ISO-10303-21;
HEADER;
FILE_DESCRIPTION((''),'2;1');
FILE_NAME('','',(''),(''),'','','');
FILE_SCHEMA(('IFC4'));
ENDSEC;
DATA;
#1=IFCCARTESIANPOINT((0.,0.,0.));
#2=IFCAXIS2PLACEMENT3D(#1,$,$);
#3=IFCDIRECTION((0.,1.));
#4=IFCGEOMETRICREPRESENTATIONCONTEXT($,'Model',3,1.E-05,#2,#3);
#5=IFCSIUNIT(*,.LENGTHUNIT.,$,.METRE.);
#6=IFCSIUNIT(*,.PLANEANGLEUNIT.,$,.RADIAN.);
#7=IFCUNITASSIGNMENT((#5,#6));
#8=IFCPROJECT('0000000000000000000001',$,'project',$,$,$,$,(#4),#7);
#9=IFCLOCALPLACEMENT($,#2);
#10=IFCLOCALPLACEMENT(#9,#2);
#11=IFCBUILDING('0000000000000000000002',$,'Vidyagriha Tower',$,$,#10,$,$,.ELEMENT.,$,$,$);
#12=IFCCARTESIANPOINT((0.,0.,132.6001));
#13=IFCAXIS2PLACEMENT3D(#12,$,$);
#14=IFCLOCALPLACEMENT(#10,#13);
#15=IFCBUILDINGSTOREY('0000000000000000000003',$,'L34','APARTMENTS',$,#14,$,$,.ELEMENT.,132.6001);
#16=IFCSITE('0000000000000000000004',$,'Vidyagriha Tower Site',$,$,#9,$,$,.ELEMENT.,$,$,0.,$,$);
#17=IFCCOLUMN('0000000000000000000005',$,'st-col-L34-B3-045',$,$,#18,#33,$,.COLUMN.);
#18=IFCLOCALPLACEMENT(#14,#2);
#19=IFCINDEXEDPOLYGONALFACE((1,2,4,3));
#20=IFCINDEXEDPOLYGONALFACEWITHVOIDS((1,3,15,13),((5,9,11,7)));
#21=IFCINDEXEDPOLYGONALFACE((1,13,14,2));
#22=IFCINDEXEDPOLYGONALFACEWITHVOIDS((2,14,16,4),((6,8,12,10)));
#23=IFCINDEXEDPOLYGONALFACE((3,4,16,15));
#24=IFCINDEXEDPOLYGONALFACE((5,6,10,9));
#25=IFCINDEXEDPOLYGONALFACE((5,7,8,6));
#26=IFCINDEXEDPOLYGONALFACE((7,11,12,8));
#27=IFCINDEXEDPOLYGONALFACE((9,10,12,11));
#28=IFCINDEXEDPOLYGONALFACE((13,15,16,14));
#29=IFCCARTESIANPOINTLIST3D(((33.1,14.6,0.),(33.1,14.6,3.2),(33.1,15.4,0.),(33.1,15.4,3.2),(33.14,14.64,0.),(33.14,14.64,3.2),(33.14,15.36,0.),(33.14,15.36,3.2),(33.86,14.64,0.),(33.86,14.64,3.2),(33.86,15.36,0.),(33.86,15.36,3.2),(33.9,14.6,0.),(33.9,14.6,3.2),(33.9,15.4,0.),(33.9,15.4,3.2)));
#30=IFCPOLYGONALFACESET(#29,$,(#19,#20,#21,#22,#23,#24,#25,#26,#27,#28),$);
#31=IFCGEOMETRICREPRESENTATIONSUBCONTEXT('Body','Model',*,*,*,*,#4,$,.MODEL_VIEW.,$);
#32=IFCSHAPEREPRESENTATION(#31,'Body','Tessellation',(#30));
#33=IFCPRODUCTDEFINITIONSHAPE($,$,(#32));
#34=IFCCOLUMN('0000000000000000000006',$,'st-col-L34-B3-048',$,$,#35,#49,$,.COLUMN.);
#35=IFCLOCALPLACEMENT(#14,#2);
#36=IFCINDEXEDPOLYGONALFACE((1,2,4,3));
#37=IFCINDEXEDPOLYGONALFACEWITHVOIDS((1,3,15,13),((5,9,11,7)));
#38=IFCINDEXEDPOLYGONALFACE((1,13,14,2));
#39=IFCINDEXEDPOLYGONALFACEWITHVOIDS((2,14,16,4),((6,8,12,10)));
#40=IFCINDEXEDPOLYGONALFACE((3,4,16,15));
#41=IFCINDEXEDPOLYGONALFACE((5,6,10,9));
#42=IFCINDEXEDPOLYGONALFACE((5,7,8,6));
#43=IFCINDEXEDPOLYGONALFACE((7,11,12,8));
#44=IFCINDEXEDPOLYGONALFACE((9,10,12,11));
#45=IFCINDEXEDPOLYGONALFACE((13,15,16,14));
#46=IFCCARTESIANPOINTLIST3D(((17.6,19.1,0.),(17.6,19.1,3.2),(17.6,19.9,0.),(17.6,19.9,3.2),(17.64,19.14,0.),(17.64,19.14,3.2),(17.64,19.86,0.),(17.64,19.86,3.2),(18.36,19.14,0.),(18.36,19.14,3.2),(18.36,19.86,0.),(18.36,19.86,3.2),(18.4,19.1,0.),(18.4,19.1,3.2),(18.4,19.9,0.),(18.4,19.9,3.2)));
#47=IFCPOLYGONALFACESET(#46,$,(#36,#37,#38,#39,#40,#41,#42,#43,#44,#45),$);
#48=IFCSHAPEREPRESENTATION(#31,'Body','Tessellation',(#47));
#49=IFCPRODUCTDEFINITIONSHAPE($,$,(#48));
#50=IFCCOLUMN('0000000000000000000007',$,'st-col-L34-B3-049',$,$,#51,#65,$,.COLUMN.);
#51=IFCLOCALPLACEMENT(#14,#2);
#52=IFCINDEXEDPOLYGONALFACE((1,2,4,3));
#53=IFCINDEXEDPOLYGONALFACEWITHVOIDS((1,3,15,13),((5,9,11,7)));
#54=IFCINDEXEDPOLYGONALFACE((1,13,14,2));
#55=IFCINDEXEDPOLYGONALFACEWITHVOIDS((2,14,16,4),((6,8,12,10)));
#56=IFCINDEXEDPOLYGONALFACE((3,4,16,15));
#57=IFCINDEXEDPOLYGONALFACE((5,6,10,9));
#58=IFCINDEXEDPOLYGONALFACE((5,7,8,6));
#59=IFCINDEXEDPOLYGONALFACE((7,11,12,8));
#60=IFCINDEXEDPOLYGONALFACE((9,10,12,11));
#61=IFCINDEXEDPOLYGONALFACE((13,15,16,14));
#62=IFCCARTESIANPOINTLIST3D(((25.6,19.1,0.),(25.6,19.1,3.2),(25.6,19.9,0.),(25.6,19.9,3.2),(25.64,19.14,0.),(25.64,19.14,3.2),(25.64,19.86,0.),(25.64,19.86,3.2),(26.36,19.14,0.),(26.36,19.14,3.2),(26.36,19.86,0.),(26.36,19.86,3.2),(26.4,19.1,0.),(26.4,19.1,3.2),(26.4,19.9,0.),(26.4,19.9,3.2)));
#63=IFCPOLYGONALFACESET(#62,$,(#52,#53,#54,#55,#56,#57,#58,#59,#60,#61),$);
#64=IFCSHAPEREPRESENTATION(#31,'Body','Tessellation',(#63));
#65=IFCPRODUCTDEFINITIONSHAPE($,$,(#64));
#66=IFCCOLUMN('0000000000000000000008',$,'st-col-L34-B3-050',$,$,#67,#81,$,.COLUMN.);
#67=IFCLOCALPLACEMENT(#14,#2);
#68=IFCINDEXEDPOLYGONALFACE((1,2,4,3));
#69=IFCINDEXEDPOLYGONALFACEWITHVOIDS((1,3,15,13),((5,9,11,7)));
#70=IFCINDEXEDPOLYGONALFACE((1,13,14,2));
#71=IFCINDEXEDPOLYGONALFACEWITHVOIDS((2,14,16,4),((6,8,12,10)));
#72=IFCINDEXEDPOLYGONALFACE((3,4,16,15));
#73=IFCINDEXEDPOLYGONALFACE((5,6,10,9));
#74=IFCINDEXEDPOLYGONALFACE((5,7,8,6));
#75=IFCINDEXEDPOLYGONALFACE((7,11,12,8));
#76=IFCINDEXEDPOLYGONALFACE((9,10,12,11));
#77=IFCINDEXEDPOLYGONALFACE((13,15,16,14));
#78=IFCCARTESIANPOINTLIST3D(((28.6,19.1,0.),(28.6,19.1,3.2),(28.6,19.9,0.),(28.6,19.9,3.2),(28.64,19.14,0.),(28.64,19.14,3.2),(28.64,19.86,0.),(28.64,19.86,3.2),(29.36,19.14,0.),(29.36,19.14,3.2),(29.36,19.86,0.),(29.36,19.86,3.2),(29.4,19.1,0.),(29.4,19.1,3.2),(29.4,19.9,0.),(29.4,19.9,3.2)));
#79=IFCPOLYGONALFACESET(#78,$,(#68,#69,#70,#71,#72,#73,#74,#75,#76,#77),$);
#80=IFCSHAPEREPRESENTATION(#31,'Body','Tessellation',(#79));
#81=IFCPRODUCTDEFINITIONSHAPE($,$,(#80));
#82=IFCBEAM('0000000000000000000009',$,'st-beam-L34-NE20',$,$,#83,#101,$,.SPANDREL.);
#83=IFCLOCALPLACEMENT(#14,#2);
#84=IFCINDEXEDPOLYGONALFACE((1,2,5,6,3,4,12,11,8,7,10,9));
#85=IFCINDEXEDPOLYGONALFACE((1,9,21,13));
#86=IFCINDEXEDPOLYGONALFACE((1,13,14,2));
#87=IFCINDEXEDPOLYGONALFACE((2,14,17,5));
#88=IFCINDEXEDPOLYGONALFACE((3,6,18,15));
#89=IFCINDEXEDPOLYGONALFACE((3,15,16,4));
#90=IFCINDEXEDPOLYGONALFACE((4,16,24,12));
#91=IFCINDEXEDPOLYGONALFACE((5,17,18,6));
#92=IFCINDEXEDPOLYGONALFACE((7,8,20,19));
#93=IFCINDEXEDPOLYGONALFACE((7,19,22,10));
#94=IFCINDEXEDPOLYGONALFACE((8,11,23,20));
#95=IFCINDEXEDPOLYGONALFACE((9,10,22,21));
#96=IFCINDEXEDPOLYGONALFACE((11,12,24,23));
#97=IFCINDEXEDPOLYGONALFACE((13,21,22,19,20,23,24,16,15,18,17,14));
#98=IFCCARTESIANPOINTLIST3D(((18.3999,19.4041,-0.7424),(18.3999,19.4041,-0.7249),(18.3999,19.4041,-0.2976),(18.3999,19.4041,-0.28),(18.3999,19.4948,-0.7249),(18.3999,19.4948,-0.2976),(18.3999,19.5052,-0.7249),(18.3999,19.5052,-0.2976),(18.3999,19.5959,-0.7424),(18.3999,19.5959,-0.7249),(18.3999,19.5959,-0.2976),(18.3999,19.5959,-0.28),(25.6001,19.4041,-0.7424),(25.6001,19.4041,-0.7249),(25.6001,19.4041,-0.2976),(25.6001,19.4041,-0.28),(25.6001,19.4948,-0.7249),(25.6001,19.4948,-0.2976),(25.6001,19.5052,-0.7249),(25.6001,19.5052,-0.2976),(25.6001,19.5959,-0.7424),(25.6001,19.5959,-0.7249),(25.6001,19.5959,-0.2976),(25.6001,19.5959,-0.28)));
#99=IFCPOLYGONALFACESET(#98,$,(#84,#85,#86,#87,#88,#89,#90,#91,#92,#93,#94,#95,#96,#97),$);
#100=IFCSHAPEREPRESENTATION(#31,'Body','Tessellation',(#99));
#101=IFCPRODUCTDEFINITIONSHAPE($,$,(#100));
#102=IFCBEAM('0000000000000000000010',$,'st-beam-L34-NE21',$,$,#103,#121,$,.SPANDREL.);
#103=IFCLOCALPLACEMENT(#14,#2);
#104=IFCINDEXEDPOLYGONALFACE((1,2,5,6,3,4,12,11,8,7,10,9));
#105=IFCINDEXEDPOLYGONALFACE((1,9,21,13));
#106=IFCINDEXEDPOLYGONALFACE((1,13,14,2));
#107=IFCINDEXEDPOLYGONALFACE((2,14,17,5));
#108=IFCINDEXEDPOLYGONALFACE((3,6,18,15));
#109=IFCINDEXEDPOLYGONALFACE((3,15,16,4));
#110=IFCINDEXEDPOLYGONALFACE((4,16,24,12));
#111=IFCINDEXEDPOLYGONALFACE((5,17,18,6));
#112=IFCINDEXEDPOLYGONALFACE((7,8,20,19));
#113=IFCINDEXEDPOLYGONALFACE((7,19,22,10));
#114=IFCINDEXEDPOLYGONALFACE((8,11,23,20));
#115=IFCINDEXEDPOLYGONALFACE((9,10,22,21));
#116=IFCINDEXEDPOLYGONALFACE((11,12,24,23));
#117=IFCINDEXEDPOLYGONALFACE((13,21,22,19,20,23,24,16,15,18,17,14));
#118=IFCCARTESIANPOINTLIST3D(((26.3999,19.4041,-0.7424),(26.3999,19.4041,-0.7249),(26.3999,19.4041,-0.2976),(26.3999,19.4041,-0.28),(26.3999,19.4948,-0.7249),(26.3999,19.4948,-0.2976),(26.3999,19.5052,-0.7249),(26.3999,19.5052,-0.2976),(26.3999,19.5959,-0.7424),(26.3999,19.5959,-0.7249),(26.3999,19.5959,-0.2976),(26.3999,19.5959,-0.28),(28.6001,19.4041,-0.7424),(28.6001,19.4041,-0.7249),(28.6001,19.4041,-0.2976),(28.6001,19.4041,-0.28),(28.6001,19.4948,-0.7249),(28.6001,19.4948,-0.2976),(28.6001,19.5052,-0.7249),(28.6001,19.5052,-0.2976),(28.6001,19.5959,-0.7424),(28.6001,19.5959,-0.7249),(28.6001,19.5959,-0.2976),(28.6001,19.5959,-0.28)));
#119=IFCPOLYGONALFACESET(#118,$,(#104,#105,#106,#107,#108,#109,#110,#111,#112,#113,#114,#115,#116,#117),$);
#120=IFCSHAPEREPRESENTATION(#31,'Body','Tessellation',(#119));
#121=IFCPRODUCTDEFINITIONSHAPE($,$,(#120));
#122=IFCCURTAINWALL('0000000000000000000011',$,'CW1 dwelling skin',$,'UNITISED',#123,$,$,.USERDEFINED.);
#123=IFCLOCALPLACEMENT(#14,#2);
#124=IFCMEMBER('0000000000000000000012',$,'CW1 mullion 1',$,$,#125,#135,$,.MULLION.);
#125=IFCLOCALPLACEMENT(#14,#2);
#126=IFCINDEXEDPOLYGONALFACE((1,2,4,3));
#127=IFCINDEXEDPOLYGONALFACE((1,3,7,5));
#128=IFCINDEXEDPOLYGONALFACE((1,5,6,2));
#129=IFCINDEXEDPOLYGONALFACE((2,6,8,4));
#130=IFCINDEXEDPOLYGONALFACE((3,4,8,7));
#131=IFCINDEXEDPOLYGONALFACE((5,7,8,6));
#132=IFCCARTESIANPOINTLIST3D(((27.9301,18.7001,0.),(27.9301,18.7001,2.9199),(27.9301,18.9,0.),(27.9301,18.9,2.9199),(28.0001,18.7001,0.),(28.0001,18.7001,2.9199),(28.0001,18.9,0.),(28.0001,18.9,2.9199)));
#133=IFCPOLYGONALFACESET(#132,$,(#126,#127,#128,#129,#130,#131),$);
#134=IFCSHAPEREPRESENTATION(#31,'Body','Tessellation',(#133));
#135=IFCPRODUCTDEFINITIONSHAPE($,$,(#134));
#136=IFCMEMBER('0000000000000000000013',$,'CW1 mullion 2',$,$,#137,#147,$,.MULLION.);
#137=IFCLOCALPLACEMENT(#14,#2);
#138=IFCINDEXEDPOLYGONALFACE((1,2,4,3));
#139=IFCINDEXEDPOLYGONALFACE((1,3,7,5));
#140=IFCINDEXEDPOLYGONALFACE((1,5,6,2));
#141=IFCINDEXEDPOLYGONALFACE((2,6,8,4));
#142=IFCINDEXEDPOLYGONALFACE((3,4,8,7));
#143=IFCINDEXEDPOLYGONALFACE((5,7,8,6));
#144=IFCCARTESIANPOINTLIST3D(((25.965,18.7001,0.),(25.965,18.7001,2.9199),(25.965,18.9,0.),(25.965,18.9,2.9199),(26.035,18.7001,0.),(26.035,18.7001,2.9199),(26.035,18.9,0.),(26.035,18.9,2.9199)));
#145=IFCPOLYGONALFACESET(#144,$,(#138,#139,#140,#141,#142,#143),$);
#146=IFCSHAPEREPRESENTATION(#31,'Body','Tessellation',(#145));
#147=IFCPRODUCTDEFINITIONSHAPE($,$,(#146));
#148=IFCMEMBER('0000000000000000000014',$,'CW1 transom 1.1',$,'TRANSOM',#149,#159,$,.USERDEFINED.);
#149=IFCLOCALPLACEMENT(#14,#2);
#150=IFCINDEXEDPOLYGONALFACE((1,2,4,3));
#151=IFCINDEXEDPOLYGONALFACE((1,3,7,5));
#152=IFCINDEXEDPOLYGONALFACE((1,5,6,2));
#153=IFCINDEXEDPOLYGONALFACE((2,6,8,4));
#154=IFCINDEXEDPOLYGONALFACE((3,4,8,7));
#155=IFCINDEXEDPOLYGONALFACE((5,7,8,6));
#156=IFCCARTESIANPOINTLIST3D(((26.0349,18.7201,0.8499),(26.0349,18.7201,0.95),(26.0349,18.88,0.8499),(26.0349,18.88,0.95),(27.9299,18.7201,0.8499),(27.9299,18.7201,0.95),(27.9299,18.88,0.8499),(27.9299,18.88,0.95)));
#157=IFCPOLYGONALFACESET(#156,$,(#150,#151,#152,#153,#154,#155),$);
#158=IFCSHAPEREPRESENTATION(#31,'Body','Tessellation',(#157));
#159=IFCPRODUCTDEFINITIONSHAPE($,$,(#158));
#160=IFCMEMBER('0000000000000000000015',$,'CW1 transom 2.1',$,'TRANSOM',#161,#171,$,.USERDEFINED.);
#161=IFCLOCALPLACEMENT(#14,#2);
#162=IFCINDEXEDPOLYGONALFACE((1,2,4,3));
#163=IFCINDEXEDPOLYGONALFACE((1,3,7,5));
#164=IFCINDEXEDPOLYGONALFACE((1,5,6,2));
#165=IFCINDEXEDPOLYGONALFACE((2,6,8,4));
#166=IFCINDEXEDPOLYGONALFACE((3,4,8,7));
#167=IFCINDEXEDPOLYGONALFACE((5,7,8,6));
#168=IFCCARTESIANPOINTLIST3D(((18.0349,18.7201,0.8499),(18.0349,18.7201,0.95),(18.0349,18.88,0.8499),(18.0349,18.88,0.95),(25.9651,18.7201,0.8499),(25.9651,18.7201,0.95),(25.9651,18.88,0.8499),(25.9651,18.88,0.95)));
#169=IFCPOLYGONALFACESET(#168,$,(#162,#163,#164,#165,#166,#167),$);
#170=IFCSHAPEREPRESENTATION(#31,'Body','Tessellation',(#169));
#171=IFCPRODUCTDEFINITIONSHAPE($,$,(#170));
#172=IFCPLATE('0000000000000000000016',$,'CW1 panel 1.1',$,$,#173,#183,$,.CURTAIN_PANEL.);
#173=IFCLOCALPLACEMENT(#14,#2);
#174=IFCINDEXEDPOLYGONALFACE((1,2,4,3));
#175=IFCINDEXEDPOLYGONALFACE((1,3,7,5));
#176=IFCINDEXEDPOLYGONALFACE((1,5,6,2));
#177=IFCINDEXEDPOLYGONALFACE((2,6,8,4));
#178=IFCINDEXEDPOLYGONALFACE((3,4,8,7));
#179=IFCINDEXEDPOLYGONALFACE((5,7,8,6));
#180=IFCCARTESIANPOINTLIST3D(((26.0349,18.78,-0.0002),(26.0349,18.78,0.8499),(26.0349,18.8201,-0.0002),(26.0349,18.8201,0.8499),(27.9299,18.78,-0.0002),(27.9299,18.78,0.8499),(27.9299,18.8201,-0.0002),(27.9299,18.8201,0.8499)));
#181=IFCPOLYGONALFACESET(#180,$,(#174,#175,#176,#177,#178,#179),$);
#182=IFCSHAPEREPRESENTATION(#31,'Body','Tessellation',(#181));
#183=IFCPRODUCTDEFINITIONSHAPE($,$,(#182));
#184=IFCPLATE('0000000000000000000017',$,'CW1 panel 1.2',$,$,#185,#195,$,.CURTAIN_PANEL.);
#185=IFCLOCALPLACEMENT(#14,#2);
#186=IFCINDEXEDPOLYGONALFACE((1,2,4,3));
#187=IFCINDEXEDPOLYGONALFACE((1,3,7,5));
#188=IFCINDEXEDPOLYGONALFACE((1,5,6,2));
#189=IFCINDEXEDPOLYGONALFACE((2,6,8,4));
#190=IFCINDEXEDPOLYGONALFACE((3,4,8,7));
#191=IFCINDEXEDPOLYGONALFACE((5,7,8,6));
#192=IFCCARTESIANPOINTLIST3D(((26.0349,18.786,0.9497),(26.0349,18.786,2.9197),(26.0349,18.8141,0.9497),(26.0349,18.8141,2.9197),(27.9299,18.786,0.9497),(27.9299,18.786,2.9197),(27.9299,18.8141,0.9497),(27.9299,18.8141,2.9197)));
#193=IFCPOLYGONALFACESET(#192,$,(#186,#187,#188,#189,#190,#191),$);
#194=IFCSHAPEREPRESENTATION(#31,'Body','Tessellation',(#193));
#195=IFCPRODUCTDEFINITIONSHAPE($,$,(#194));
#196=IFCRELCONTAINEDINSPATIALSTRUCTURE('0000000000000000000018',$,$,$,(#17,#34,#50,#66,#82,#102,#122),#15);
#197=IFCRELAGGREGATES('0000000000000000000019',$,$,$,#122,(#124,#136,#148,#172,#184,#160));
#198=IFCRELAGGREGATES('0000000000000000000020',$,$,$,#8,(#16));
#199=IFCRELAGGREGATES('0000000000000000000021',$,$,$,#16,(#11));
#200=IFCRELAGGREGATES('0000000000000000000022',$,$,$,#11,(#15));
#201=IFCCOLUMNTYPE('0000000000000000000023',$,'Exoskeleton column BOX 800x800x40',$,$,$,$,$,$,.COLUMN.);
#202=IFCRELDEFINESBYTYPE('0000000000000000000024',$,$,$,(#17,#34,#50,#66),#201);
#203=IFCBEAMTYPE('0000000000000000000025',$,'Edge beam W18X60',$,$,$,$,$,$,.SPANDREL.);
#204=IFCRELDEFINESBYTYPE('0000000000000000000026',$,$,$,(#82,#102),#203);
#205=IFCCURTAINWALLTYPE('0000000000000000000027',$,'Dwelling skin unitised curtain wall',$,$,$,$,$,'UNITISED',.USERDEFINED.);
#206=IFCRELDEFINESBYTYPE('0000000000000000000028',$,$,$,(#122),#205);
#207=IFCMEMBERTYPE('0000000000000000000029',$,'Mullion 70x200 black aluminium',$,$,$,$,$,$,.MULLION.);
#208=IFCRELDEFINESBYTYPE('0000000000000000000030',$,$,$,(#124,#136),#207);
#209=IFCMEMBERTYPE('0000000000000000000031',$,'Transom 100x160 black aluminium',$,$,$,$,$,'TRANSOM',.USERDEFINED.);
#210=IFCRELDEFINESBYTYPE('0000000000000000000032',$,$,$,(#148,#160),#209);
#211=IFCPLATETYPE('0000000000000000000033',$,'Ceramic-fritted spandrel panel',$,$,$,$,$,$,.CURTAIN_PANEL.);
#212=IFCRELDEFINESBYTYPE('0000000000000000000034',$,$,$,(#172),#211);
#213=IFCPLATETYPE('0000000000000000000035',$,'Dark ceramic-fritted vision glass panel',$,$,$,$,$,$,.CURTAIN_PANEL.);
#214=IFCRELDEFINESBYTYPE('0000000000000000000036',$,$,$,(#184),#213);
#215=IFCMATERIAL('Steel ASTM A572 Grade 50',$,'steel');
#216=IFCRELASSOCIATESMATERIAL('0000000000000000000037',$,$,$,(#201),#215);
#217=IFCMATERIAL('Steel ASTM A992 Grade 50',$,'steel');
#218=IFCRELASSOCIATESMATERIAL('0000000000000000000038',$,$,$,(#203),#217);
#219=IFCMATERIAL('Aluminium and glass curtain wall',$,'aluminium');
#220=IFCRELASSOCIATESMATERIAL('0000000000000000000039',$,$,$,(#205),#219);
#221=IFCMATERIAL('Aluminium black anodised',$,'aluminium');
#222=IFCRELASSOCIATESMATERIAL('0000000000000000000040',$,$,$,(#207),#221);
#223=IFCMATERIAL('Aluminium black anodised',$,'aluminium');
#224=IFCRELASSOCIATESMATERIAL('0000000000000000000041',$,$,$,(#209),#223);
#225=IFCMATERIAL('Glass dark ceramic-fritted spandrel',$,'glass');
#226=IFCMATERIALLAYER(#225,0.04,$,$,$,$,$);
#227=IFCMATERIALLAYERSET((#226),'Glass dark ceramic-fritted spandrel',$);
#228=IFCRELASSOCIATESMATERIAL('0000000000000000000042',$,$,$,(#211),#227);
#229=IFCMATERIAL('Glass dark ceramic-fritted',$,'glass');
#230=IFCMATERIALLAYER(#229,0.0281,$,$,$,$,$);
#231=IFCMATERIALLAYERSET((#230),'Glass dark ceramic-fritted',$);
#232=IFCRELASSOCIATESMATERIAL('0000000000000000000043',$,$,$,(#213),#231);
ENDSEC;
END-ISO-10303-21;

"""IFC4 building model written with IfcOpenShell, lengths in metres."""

from ifc_helpers import new_model, si_unit, direction, frame, origin, origin_2d, place, context, subcontext, project, spatial, rectangle, hollow_rectangle, i_section, extrude, material, layer, layer_set, material_profile, profile_set, type_object, element, aggregate, save


model = new_model("IFC4")

# Units and contexts
model_context = context("Model", 3, precision=1e-05, world=origin(), true_north=direction((0.0, 1.0)))
body_context = subcontext(model_context, "Body", "Model", "MODEL_VIEW")
ifc_project = project(units=[si_unit("LENGTHUNIT", "METRE"), si_unit("PLANEANGLEUNIT", "RADIAN")], contexts=[model_context])

# Site, building, storey
site_placement = place(None, origin())
site = spatial("IfcSite", under=ifc_project, at=site_placement, Name="Vidyagriha Tower Site", CompositionType="ELEMENT", RefElevation=0.0)
building_placement = place(site_placement, origin())
building = spatial("IfcBuilding", under=site, at=building_placement, Name="Vidyagriha Tower", CompositionType="ELEMENT")
storey_placement = place(building_placement, frame((0.0, 0.0, 132.6001)))
storey = spatial("IfcBuildingStorey", under=building, at=storey_placement, Name="L34", Description="APARTMENTS", CompositionType="ELEMENT", Elevation=132.6001)

# Columns
ifc_material_1 = material(Name="Steel ASTM A572 Grade 50", Category="steel")
ifc_material_profile_1 = material_profile(ifc_material_1, hollow_rectangle(XDim=0.8, YDim=0.8, WallThickness=0.04, at=origin_2d()), Name="BOX 800x800x40")
ifc_profile_set_1 = profile_set([ifc_material_profile_1], Name="Steel ASTM A572 Grade 50")
column_type = type_object("IfcColumnType", Name="Exoskeleton column BOX 800x800x40", PredefinedType="COLUMN", material=ifc_profile_set_1)
for number, where, name in (
    (1, (33.5, 15.0, 0.0), "st-col-L34-B3-045"),
    (2, (18.0, 19.5, 0.0), "st-col-L34-B3-048"),
    (3, (26.0, 19.5, 0.0), "st-col-L34-B3-049"),
    (4, (29.0, 19.5, 0.0), "st-col-L34-B3-050"),
):
    element("IfcColumn", number, at=place(storey_placement, frame(where)), inside=storey, type_object=column_type, Name=name, PredefinedType="COLUMN", context=body_context, shape_type="SweptSolid", body=[
        extrude(hollow_rectangle(XDim=0.8, YDim=0.8, WallThickness=0.04, at=origin_2d()), origin(), (0.0, 0.0, 1.0), 3.2),
    ])

# Beams
ifc_material_2 = material(Name="Steel ASTM A992 Grade 50", Category="steel")
ifc_material_profile_2 = material_profile(ifc_material_2, i_section(OverallWidth=0.1919, OverallDepth=0.4624, WebThickness=0.0105, FlangeThickness=0.0176, at=origin_2d()), Name="W18X60")
ifc_profile_set_2 = profile_set([ifc_material_profile_2], Name="Steel ASTM A992 Grade 50")
beam_type = type_object("IfcBeamType", Name="Edge beam W18X60", PredefinedType="SPANDREL", material=ifc_profile_set_2)
beam_1_placement = place(storey_placement, frame((18.3999, 19.5, -0.5112), z_axis=(1.0, 0.0, 0.0), x_axis=(0.0, 1.0, 0.0)))
element("IfcBeam", 5, at=beam_1_placement, inside=storey, type_object=beam_type, Name="st-beam-L34-NE20", PredefinedType="SPANDREL", context=body_context, shape_type="SweptSolid", body=[
    extrude(i_section(OverallWidth=0.1919, OverallDepth=0.4624, WebThickness=0.0105, FlangeThickness=0.0176, at=origin_2d()), origin(), (0.0, 0.0, 1.0), 7.2002),
])
beam_2_placement = place(storey_placement, frame((26.3999, 19.5, -0.5112), z_axis=(1.0, 0.0, 0.0), x_axis=(0.0, 1.0, 0.0)))
element("IfcBeam", 6, at=beam_2_placement, inside=storey, type_object=beam_type, Name="st-beam-L34-NE21", PredefinedType="SPANDREL", context=body_context, shape_type="SweptSolid", body=[
    extrude(i_section(OverallWidth=0.1919, OverallDepth=0.4624, WebThickness=0.0105, FlangeThickness=0.0176, at=origin_2d()), origin(), (0.0, 0.0, 1.0), 2.2002),
])

# Curtain wall, members, plates
ifc_material_3 = material(Name="Aluminium and glass curtain wall", Category="aluminium")
curtain_wall_type = type_object("IfcCurtainWallType", Name="Dwelling skin unitised curtain wall", ElementType="UNITISED", PredefinedType="USERDEFINED", material=ifc_material_3)
curtain_wall_placement = place(storey_placement, origin())
curtain_wall = element("IfcCurtainWall", 7, at=curtain_wall_placement, inside=storey, type_object=curtain_wall_type, Name="CW1 dwelling skin", ObjectType="UNITISED", PredefinedType="USERDEFINED")
ifc_material_4 = material(Name="Aluminium black anodised", Category="aluminium")
ifc_material_profile_3 = material_profile(ifc_material_4, rectangle(XDim=0.2, YDim=0.0701, at=origin_2d()), Name="Mullion 70x200 black aluminium")
ifc_profile_set_3 = profile_set([ifc_material_profile_3], Name="Aluminium black anodised")
member_type_1 = type_object("IfcMemberType", Name="Mullion 70x200 black aluminium", PredefinedType="MULLION", material=ifc_profile_set_3)
member_1_placement = place(storey_placement, frame((27.9651, 18.8, 0.0), z_axis=(0.0, 0.0, 1.0), x_axis=(0.0, -1.0, 0.0)))
member_1 = element("IfcMember", 8, at=member_1_placement, type_object=member_type_1, Name="CW1 mullion 1", PredefinedType="MULLION", context=body_context, shape_type="SweptSolid", body=[
    extrude(rectangle(XDim=0.2, YDim=0.0701, at=origin_2d()), origin(), (0.0, 0.0, 1.0), 2.9199),
])
member_2_placement = place(storey_placement, frame((26.0, 18.8, 0.0), z_axis=(0.0, 0.0, 1.0), x_axis=(0.0, -1.0, 0.0)))
member_2 = element("IfcMember", 9, at=member_2_placement, type_object=member_type_1, Name="CW1 mullion 2", PredefinedType="MULLION", context=body_context, shape_type="SweptSolid", body=[
    extrude(rectangle(XDim=0.2, YDim=0.0701, at=origin_2d()), origin(), (0.0, 0.0, 1.0), 2.9199),
])
ifc_material_5 = material(Name="Aluminium black anodised", Category="aluminium")
ifc_material_profile_4 = material_profile(ifc_material_5, rectangle(XDim=0.1599, YDim=0.1001, at=origin_2d()), Name="Transom 100x160 black aluminium")
ifc_profile_set_4 = profile_set([ifc_material_profile_4], Name="Aluminium black anodised")
member_type_2 = type_object("IfcMemberType", Name="Transom 100x160 black aluminium", ElementType="TRANSOM", PredefinedType="USERDEFINED", material=ifc_profile_set_4)
member_3_placement = place(storey_placement, frame((27.9299, 18.8, 0.8999), z_axis=(-1.0, 0.0, 0.0), x_axis=(0.0, -1.0, 0.0)))
member_3 = element("IfcMember", 10, at=member_3_placement, type_object=member_type_2, Name="CW1 transom 1.1", ObjectType="TRANSOM", PredefinedType="USERDEFINED", context=body_context, shape_type="SweptSolid", body=[
    extrude(rectangle(XDim=0.1599, YDim=0.1001, at=origin_2d()), origin(), (0.0, 0.0, 1.0), 1.895),
])
member_4_placement = place(storey_placement, frame((25.9651, 18.8, 0.8999), z_axis=(-1.0, 0.0, 0.0), x_axis=(0.0, -1.0, 0.0)))
member_4 = element("IfcMember", 11, at=member_4_placement, type_object=member_type_2, Name="CW1 transom 2.1", ObjectType="TRANSOM", PredefinedType="USERDEFINED", context=body_context, shape_type="SweptSolid", body=[
    extrude(rectangle(XDim=0.1599, YDim=0.1001, at=origin_2d()), origin(), (0.0, 0.0, 1.0), 7.9302),
])
ifc_material_6 = material(Name="Glass dark ceramic-fritted spandrel", Category="glass")
ifc_layer_1 = layer(ifc_material_6, 0.04)
ifc_layer_set_1 = layer_set([ifc_layer_1], Name="Glass dark ceramic-fritted spandrel")
plate_type_1 = type_object("IfcPlateType", Name="Ceramic-fritted spandrel panel", PredefinedType="CURTAIN_PANEL", material=ifc_layer_set_1)
plate_1_placement = place(storey_placement, frame((26.9824, 18.8, -0.0002), z_axis=(0.0, 0.0, 1.0), x_axis=(-1.0, 0.0, 0.0)))
plate_1 = element("IfcPlate", 12, at=plate_1_placement, type_object=plate_type_1, Name="CW1 panel 1.1", PredefinedType="CURTAIN_PANEL", context=body_context, shape_type="SweptSolid", body=[
    extrude(rectangle(XDim=1.895, YDim=0.04, at=origin_2d()), origin(), (0.0, 0.0, 1.0), 0.8501),
])
ifc_material_7 = material(Name="Glass dark ceramic-fritted", Category="glass")
ifc_layer_2 = layer(ifc_material_7, 0.0281)
ifc_layer_set_2 = layer_set([ifc_layer_2], Name="Glass dark ceramic-fritted")
plate_type_2 = type_object("IfcPlateType", Name="Dark ceramic-fritted vision glass panel", PredefinedType="CURTAIN_PANEL", material=ifc_layer_set_2)
plate_2_placement = place(storey_placement, frame((26.9824, 18.8, 0.9497), z_axis=(0.0, 0.0, 1.0), x_axis=(-1.0, 0.0, 0.0)))
plate_2 = element("IfcPlate", 13, at=plate_2_placement, type_object=plate_type_2, Name="CW1 panel 1.2", PredefinedType="CURTAIN_PANEL", context=body_context, shape_type="SweptSolid", body=[
    extrude(rectangle(XDim=1.895, YDim=0.0281, at=origin_2d()), origin(), (0.0, 0.0, 1.0), 1.97),
])
aggregate(curtain_wall, [member_1, member_2, member_3, plate_1, plate_2, member_4])

save(model, "model.ifc")
